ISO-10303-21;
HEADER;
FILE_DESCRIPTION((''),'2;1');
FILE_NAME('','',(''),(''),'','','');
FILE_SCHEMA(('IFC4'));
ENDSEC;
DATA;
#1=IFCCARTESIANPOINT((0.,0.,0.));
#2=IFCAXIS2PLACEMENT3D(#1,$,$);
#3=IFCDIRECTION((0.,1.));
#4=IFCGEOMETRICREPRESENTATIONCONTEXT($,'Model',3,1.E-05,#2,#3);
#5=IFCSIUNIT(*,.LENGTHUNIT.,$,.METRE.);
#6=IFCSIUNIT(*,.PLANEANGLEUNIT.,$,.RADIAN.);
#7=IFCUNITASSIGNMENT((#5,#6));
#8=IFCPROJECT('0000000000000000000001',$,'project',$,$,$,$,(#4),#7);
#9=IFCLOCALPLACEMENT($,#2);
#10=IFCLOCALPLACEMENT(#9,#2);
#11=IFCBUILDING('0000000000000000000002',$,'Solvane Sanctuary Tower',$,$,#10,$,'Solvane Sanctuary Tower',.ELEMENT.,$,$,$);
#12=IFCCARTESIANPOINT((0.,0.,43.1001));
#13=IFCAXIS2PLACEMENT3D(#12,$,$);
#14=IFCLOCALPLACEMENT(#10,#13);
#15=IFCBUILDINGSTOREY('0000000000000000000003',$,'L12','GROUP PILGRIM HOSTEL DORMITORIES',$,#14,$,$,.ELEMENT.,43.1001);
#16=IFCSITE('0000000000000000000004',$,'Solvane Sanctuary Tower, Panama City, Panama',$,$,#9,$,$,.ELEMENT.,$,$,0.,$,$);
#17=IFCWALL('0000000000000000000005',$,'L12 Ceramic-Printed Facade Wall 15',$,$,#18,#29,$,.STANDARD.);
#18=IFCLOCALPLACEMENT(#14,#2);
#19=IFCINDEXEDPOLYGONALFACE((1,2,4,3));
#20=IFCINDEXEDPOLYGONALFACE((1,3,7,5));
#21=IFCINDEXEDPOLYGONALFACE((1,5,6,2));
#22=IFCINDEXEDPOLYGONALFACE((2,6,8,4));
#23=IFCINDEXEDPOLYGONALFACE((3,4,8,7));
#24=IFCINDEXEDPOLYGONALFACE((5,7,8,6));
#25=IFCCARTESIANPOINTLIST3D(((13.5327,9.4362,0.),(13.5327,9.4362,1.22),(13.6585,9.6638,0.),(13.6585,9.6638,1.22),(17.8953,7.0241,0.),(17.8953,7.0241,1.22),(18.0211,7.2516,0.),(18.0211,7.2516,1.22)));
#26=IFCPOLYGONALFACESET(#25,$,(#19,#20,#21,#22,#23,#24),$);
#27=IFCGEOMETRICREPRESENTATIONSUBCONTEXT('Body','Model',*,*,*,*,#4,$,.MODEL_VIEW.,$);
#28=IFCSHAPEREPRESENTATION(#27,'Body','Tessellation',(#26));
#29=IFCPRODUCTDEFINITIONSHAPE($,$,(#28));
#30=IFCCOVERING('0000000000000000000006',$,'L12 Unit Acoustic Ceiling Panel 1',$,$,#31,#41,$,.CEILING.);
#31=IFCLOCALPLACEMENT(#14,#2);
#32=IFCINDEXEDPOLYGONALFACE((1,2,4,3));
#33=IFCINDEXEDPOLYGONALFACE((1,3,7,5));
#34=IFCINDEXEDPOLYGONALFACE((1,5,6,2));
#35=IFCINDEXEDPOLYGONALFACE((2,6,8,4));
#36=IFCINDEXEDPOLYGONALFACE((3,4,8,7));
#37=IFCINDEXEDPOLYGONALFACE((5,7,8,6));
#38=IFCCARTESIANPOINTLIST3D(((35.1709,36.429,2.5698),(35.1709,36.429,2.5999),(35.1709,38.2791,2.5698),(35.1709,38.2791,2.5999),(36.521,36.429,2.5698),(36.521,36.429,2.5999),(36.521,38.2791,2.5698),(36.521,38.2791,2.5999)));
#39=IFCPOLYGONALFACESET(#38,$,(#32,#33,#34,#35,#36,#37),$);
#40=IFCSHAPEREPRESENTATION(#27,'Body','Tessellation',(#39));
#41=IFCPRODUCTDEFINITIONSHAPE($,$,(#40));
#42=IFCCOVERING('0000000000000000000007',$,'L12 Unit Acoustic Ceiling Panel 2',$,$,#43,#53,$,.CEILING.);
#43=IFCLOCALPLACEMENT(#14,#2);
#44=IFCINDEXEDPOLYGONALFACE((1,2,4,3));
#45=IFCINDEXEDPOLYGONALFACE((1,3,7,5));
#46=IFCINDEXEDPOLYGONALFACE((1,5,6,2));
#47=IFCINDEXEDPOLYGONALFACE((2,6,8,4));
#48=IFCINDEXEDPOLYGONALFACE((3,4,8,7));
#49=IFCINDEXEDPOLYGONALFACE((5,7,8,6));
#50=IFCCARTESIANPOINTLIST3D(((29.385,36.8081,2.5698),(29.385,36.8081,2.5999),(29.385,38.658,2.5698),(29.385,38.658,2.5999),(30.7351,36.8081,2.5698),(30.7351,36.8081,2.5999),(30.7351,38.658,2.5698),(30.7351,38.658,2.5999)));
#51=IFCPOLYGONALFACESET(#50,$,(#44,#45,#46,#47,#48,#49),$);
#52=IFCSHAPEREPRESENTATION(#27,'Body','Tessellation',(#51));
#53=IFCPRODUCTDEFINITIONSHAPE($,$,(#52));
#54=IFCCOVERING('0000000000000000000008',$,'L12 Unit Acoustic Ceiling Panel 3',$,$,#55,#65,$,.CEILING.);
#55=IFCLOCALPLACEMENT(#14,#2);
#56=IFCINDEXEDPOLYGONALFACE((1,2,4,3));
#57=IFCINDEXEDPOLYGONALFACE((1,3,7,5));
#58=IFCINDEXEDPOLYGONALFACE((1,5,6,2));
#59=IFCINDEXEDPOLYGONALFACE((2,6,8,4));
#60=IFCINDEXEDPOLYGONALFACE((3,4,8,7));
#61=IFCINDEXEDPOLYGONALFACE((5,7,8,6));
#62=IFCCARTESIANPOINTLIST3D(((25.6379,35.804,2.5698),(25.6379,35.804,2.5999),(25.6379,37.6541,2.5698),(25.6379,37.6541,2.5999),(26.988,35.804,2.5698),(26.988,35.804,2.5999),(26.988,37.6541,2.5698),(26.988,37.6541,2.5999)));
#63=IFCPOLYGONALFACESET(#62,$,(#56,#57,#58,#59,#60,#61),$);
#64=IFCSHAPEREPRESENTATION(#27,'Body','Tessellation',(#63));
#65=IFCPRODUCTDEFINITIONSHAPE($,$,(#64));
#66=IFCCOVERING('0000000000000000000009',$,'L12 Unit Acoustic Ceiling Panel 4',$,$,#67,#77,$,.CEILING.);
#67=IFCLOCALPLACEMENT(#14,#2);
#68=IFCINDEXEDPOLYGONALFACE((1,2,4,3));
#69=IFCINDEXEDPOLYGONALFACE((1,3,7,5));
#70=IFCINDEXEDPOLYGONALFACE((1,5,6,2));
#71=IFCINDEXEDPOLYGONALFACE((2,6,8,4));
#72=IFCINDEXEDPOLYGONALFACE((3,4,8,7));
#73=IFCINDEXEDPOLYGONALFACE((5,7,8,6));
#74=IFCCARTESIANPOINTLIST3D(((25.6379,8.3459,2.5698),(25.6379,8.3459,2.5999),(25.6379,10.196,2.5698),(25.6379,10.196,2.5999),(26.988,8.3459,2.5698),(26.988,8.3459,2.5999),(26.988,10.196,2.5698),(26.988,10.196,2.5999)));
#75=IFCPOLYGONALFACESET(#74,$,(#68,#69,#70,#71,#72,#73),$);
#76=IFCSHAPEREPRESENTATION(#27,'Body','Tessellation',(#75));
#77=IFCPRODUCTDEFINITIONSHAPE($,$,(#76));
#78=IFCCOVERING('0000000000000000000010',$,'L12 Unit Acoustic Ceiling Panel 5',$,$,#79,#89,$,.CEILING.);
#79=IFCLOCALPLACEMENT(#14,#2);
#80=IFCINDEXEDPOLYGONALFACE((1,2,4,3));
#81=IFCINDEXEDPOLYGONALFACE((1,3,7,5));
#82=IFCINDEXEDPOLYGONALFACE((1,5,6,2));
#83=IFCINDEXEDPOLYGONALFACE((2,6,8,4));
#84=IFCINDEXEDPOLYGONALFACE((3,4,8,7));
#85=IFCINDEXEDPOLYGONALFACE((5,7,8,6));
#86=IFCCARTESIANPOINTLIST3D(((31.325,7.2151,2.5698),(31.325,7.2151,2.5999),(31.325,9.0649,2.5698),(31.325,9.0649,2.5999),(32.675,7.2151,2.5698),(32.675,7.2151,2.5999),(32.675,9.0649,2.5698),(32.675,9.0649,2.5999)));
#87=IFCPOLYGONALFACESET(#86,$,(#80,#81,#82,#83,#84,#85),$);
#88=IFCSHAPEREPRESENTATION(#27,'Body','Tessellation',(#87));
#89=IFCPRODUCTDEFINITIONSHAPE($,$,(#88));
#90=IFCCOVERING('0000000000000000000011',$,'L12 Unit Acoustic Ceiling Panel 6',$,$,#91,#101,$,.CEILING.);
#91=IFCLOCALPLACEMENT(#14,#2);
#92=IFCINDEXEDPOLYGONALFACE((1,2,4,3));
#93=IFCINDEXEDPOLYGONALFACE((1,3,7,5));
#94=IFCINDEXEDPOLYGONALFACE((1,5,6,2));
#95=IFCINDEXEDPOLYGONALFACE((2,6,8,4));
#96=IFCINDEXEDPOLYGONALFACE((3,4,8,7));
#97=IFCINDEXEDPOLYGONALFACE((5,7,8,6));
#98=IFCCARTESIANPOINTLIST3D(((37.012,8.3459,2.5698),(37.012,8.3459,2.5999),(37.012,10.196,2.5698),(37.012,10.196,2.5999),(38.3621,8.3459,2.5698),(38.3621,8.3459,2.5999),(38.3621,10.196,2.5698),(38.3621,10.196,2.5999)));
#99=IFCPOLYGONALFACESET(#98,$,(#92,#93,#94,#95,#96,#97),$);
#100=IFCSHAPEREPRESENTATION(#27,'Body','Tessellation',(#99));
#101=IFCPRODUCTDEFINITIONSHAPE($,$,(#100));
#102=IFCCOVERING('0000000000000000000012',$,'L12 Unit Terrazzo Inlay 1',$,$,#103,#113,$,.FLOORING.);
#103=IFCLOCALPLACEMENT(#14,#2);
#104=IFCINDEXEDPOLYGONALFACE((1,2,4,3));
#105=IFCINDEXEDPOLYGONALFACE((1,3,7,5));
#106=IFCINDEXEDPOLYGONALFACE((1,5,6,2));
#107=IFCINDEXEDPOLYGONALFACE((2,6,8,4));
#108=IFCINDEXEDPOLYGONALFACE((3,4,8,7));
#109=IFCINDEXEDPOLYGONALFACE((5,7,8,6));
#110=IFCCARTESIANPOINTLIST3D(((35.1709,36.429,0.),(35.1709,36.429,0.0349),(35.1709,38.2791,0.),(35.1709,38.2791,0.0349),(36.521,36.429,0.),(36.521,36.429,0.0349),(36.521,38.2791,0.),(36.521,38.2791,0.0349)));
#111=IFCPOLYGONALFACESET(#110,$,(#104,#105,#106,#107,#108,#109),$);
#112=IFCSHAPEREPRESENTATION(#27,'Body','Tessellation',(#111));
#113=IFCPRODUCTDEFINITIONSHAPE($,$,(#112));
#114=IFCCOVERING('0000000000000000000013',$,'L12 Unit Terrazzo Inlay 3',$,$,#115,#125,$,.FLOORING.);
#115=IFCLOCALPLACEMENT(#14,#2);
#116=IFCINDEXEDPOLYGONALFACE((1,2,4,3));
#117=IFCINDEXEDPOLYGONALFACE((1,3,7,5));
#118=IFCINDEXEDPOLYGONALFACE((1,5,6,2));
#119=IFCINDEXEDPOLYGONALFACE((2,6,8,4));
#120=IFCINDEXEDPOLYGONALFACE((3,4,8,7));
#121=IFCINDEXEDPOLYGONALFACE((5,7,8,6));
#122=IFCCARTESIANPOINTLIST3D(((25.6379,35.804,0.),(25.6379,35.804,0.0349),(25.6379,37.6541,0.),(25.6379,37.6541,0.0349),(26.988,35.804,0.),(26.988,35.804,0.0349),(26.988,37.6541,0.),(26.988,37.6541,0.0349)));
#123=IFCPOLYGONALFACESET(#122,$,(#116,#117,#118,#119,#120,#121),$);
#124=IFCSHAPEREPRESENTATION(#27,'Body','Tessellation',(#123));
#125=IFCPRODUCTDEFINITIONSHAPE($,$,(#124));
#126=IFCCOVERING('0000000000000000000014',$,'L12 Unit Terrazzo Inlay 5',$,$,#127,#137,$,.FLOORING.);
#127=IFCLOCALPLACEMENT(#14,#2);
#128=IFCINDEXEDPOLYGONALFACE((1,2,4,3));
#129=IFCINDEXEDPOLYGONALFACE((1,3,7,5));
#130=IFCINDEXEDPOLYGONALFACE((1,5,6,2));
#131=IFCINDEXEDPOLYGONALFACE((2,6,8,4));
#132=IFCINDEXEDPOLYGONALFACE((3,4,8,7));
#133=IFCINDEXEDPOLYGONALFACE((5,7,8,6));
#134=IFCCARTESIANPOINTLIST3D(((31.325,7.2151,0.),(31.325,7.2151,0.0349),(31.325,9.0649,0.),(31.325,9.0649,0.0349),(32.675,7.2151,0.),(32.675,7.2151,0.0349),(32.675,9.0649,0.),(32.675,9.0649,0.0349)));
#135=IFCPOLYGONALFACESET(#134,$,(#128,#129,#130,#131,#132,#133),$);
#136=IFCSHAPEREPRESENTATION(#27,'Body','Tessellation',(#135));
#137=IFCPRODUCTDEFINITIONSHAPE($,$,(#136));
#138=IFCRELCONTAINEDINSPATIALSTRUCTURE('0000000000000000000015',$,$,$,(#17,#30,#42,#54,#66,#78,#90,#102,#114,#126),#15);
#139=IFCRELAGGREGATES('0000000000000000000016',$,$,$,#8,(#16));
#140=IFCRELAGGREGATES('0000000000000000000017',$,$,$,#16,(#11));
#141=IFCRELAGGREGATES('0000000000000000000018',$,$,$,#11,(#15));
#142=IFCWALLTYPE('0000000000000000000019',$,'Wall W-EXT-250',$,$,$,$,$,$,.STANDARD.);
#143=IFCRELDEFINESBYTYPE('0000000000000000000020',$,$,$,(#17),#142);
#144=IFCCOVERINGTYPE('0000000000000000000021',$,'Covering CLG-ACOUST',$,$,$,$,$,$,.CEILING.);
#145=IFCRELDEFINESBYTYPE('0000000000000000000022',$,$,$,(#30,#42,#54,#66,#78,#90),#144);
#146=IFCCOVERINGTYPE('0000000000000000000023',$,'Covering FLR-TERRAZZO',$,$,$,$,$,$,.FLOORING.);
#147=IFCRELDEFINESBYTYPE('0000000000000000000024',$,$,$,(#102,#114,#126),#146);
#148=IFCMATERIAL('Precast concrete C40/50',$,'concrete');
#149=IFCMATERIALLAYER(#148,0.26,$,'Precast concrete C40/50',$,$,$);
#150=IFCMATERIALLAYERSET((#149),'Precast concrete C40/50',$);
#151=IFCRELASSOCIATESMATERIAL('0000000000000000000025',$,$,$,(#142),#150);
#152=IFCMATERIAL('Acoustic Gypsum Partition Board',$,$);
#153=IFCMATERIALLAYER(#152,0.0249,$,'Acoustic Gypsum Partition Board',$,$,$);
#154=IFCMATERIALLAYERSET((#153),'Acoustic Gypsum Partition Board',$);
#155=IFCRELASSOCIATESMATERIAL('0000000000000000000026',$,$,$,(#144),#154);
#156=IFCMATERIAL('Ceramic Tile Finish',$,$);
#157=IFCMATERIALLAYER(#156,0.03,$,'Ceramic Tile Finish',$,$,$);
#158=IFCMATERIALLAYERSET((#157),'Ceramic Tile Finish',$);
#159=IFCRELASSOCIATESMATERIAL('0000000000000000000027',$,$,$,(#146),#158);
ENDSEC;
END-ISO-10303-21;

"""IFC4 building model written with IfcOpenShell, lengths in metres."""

from ifc_helpers import new_model, si_unit, direction, frame, frame_2d, origin, place, context, subcontext, project, spatial, polyline, rectangle, outline, extrude, material, layer, layer_set, type_object, element, save


model = new_model("IFC4")

# Units and contexts
model_context = context("Model", 3, precision=1e-05, world=origin(), true_north=direction((0.0, 1.0)))
body_context = subcontext(model_context, "Body", "Model", "MODEL_VIEW")
ifc_project = project(units=[si_unit("LENGTHUNIT", "METRE"), si_unit("PLANEANGLEUNIT", "RADIAN")], contexts=[model_context])

# Site, building, storey
site_placement = place(None, origin())
site = spatial("IfcSite", under=ifc_project, at=site_placement, Name="Solvane Sanctuary Tower, Panama City, Panama", CompositionType="ELEMENT", RefElevation=0.0)
building_placement = place(site_placement, origin())
building = spatial("IfcBuilding", under=site, at=building_placement, Name="Solvane Sanctuary Tower", LongName="Solvane Sanctuary Tower", CompositionType="ELEMENT")
storey_placement = place(building_placement, frame((0.0, 0.0, 43.1001)))
storey = spatial("IfcBuildingStorey", under=building, at=storey_placement, Name="L12", Description="GROUP PILGRIM HOSTEL DORMITORIES", CompositionType="ELEMENT", Elevation=43.1001)

# Shared definitions
ifc_material_1 = material(Name="Acoustic Gypsum Partition Board")

# Shared definitions
ifc_material_2 = material(Name="Precast concrete C40/50", Category="concrete")
ifc_layer_1 = layer(ifc_material_2, 0.26, Name="Precast concrete C40/50")
ifc_layer_set_1 = layer_set([ifc_layer_1], Name="Precast concrete C40/50")
wall_type_1 = type_object("IfcWallType", Name="Wall W-EXT-250", PredefinedType="STANDARD", material=ifc_layer_set_1)

# Wall
wall_1_placement = place(storey_placement, frame((13.5955, 9.55, 0.0), z_axis=(0.0, 0.0, 1.0), x_axis=(0.875137, -0.483875, 0.0)))
element("IfcWall", 1, at=wall_1_placement, inside=storey, type_object=wall_type_1, Name="L12 Ceramic-Printed Facade Wall 15", PredefinedType="STANDARD", context=body_context, shape_type="SweptSolid", body=[
    extrude(rectangle(XDim=4.9851, YDim=0.26, at=frame_2d((2.4927, 0.0))), origin(), (0.0, 0.0, 1.0), 1.22),
])

# Coverings
ifc_layer_2 = layer(ifc_material_1, 0.0249, Name="Acoustic Gypsum Partition Board")
ifc_layer_set_2 = layer_set([ifc_layer_2], Name="Acoustic Gypsum Partition Board")
covering_type_1 = type_object("IfcCoveringType", Name="Covering CLG-ACOUST", PredefinedType="CEILING", material=ifc_layer_set_2)
covering_1_placement = place(storey_placement, frame((0.0, 0.0, 2.5698)))
element("IfcCovering", 2, at=covering_1_placement, inside=storey, type_object=covering_type_1, Name="L12 Unit Acoustic Ceiling Panel 1", PredefinedType="CEILING", context=body_context, shape_type="SweptSolid", body=[
    extrude(outline(polyline([(35.1709, 36.429), (36.521, 36.429), (36.521, 38.2791), (35.1709, 38.2791), (35.1709, 36.429)])), origin(), (0.0, 0.0, 1.0), 0.03),
])
covering_2_placement = place(storey_placement, frame((0.0, 0.0, 2.5698)))
element("IfcCovering", 3, at=covering_2_placement, inside=storey, type_object=covering_type_1, Name="L12 Unit Acoustic Ceiling Panel 2", PredefinedType="CEILING", context=body_context, shape_type="SweptSolid", body=[
    extrude(outline(polyline([(29.385, 36.8081), (30.7351, 36.8081), (30.7351, 38.658), (29.385, 38.658), (29.385, 36.8081)])), origin(), (0.0, 0.0, 1.0), 0.03),
])
covering_3_placement = place(storey_placement, frame((0.0, 0.0, 2.5698)))
element("IfcCovering", 4, at=covering_3_placement, inside=storey, type_object=covering_type_1, Name="L12 Unit Acoustic Ceiling Panel 3", PredefinedType="CEILING", context=body_context, shape_type="SweptSolid", body=[
    extrude(outline(polyline([(25.6379, 35.804), (26.988, 35.804), (26.988, 37.6541), (25.6379, 37.6541), (25.6379, 35.804)])), origin(), (0.0, 0.0, 1.0), 0.03),
])
covering_4_placement = place(storey_placement, frame((0.0, 0.0, 2.5698)))
element("IfcCovering", 5, at=covering_4_placement, inside=storey, type_object=covering_type_1, Name="L12 Unit Acoustic Ceiling Panel 4", PredefinedType="CEILING", context=body_context, shape_type="SweptSolid", body=[
    extrude(outline(polyline([(25.6379, 8.3459), (26.988, 8.3459), (26.988, 10.196), (25.6379, 10.196), (25.6379, 8.3459)])), origin(), (0.0, 0.0, 1.0), 0.03),
])
covering_5_placement = place(storey_placement, frame((0.0, 0.0, 2.5698)))
element("IfcCovering", 6, at=covering_5_placement, inside=storey, type_object=covering_type_1, Name="L12 Unit Acoustic Ceiling Panel 5", PredefinedType="CEILING", context=body_context, shape_type="SweptSolid", body=[
    extrude(outline(polyline([(31.325, 7.2151), (32.675, 7.2151), (32.675, 9.0649), (31.325, 9.0649), (31.325, 7.2151)])), origin(), (0.0, 0.0, 1.0), 0.03),
])
covering_6_placement = place(storey_placement, frame((0.0, 0.0, 2.5698)))
element("IfcCovering", 7, at=covering_6_placement, inside=storey, type_object=covering_type_1, Name="L12 Unit Acoustic Ceiling Panel 6", PredefinedType="CEILING", context=body_context, shape_type="SweptSolid", body=[
    extrude(outline(polyline([(37.012, 8.3459), (38.3621, 8.3459), (38.3621, 10.196), (37.012, 10.196), (37.012, 8.3459)])), origin(), (0.0, 0.0, 1.0), 0.03),
])
ifc_material_3 = material(Name="Ceramic Tile Finish")
ifc_layer_3 = layer(ifc_material_3, 0.03, Name="Ceramic Tile Finish")
ifc_layer_set_3 = layer_set([ifc_layer_3], Name="Ceramic Tile Finish")
covering_type_2 = type_object("IfcCoveringType", Name="Covering FLR-TERRAZZO", PredefinedType="FLOORING", material=ifc_layer_set_3)
covering_7_placement = place(storey_placement, origin())
element("IfcCovering", 8, at=covering_7_placement, inside=storey, type_object=covering_type_2, Name="L12 Unit Terrazzo Inlay 1", PredefinedType="FLOORING", context=body_context, shape_type="SweptSolid", body=[
    extrude(outline(polyline([(35.1709, 36.429), (36.521, 36.429), (36.521, 38.2791), (35.1709, 38.2791), (35.1709, 36.429)])), origin(), (0.0, 0.0, 1.0), 0.0349),
])
covering_8_placement = place(storey_placement, origin())
element("IfcCovering", 9, at=covering_8_placement, inside=storey, type_object=covering_type_2, Name="L12 Unit Terrazzo Inlay 3", PredefinedType="FLOORING", context=body_context, shape_type="SweptSolid", body=[
    extrude(outline(polyline([(25.6379, 35.804), (26.988, 35.804), (26.988, 37.6541), (25.6379, 37.6541), (25.6379, 35.804)])), origin(), (0.0, 0.0, 1.0), 0.0349),
])
covering_9_placement = place(storey_placement, origin())
element("IfcCovering", 10, at=covering_9_placement, inside=storey, type_object=covering_type_2, Name="L12 Unit Terrazzo Inlay 5", PredefinedType="FLOORING", context=body_context, shape_type="SweptSolid", body=[
    extrude(outline(polyline([(31.325, 7.2151), (32.675, 7.2151), (32.675, 9.0649), (31.325, 9.0649), (31.325, 7.2151)])), origin(), (0.0, 0.0, 1.0), 0.0349),
])

save(model, "model.ifc")
